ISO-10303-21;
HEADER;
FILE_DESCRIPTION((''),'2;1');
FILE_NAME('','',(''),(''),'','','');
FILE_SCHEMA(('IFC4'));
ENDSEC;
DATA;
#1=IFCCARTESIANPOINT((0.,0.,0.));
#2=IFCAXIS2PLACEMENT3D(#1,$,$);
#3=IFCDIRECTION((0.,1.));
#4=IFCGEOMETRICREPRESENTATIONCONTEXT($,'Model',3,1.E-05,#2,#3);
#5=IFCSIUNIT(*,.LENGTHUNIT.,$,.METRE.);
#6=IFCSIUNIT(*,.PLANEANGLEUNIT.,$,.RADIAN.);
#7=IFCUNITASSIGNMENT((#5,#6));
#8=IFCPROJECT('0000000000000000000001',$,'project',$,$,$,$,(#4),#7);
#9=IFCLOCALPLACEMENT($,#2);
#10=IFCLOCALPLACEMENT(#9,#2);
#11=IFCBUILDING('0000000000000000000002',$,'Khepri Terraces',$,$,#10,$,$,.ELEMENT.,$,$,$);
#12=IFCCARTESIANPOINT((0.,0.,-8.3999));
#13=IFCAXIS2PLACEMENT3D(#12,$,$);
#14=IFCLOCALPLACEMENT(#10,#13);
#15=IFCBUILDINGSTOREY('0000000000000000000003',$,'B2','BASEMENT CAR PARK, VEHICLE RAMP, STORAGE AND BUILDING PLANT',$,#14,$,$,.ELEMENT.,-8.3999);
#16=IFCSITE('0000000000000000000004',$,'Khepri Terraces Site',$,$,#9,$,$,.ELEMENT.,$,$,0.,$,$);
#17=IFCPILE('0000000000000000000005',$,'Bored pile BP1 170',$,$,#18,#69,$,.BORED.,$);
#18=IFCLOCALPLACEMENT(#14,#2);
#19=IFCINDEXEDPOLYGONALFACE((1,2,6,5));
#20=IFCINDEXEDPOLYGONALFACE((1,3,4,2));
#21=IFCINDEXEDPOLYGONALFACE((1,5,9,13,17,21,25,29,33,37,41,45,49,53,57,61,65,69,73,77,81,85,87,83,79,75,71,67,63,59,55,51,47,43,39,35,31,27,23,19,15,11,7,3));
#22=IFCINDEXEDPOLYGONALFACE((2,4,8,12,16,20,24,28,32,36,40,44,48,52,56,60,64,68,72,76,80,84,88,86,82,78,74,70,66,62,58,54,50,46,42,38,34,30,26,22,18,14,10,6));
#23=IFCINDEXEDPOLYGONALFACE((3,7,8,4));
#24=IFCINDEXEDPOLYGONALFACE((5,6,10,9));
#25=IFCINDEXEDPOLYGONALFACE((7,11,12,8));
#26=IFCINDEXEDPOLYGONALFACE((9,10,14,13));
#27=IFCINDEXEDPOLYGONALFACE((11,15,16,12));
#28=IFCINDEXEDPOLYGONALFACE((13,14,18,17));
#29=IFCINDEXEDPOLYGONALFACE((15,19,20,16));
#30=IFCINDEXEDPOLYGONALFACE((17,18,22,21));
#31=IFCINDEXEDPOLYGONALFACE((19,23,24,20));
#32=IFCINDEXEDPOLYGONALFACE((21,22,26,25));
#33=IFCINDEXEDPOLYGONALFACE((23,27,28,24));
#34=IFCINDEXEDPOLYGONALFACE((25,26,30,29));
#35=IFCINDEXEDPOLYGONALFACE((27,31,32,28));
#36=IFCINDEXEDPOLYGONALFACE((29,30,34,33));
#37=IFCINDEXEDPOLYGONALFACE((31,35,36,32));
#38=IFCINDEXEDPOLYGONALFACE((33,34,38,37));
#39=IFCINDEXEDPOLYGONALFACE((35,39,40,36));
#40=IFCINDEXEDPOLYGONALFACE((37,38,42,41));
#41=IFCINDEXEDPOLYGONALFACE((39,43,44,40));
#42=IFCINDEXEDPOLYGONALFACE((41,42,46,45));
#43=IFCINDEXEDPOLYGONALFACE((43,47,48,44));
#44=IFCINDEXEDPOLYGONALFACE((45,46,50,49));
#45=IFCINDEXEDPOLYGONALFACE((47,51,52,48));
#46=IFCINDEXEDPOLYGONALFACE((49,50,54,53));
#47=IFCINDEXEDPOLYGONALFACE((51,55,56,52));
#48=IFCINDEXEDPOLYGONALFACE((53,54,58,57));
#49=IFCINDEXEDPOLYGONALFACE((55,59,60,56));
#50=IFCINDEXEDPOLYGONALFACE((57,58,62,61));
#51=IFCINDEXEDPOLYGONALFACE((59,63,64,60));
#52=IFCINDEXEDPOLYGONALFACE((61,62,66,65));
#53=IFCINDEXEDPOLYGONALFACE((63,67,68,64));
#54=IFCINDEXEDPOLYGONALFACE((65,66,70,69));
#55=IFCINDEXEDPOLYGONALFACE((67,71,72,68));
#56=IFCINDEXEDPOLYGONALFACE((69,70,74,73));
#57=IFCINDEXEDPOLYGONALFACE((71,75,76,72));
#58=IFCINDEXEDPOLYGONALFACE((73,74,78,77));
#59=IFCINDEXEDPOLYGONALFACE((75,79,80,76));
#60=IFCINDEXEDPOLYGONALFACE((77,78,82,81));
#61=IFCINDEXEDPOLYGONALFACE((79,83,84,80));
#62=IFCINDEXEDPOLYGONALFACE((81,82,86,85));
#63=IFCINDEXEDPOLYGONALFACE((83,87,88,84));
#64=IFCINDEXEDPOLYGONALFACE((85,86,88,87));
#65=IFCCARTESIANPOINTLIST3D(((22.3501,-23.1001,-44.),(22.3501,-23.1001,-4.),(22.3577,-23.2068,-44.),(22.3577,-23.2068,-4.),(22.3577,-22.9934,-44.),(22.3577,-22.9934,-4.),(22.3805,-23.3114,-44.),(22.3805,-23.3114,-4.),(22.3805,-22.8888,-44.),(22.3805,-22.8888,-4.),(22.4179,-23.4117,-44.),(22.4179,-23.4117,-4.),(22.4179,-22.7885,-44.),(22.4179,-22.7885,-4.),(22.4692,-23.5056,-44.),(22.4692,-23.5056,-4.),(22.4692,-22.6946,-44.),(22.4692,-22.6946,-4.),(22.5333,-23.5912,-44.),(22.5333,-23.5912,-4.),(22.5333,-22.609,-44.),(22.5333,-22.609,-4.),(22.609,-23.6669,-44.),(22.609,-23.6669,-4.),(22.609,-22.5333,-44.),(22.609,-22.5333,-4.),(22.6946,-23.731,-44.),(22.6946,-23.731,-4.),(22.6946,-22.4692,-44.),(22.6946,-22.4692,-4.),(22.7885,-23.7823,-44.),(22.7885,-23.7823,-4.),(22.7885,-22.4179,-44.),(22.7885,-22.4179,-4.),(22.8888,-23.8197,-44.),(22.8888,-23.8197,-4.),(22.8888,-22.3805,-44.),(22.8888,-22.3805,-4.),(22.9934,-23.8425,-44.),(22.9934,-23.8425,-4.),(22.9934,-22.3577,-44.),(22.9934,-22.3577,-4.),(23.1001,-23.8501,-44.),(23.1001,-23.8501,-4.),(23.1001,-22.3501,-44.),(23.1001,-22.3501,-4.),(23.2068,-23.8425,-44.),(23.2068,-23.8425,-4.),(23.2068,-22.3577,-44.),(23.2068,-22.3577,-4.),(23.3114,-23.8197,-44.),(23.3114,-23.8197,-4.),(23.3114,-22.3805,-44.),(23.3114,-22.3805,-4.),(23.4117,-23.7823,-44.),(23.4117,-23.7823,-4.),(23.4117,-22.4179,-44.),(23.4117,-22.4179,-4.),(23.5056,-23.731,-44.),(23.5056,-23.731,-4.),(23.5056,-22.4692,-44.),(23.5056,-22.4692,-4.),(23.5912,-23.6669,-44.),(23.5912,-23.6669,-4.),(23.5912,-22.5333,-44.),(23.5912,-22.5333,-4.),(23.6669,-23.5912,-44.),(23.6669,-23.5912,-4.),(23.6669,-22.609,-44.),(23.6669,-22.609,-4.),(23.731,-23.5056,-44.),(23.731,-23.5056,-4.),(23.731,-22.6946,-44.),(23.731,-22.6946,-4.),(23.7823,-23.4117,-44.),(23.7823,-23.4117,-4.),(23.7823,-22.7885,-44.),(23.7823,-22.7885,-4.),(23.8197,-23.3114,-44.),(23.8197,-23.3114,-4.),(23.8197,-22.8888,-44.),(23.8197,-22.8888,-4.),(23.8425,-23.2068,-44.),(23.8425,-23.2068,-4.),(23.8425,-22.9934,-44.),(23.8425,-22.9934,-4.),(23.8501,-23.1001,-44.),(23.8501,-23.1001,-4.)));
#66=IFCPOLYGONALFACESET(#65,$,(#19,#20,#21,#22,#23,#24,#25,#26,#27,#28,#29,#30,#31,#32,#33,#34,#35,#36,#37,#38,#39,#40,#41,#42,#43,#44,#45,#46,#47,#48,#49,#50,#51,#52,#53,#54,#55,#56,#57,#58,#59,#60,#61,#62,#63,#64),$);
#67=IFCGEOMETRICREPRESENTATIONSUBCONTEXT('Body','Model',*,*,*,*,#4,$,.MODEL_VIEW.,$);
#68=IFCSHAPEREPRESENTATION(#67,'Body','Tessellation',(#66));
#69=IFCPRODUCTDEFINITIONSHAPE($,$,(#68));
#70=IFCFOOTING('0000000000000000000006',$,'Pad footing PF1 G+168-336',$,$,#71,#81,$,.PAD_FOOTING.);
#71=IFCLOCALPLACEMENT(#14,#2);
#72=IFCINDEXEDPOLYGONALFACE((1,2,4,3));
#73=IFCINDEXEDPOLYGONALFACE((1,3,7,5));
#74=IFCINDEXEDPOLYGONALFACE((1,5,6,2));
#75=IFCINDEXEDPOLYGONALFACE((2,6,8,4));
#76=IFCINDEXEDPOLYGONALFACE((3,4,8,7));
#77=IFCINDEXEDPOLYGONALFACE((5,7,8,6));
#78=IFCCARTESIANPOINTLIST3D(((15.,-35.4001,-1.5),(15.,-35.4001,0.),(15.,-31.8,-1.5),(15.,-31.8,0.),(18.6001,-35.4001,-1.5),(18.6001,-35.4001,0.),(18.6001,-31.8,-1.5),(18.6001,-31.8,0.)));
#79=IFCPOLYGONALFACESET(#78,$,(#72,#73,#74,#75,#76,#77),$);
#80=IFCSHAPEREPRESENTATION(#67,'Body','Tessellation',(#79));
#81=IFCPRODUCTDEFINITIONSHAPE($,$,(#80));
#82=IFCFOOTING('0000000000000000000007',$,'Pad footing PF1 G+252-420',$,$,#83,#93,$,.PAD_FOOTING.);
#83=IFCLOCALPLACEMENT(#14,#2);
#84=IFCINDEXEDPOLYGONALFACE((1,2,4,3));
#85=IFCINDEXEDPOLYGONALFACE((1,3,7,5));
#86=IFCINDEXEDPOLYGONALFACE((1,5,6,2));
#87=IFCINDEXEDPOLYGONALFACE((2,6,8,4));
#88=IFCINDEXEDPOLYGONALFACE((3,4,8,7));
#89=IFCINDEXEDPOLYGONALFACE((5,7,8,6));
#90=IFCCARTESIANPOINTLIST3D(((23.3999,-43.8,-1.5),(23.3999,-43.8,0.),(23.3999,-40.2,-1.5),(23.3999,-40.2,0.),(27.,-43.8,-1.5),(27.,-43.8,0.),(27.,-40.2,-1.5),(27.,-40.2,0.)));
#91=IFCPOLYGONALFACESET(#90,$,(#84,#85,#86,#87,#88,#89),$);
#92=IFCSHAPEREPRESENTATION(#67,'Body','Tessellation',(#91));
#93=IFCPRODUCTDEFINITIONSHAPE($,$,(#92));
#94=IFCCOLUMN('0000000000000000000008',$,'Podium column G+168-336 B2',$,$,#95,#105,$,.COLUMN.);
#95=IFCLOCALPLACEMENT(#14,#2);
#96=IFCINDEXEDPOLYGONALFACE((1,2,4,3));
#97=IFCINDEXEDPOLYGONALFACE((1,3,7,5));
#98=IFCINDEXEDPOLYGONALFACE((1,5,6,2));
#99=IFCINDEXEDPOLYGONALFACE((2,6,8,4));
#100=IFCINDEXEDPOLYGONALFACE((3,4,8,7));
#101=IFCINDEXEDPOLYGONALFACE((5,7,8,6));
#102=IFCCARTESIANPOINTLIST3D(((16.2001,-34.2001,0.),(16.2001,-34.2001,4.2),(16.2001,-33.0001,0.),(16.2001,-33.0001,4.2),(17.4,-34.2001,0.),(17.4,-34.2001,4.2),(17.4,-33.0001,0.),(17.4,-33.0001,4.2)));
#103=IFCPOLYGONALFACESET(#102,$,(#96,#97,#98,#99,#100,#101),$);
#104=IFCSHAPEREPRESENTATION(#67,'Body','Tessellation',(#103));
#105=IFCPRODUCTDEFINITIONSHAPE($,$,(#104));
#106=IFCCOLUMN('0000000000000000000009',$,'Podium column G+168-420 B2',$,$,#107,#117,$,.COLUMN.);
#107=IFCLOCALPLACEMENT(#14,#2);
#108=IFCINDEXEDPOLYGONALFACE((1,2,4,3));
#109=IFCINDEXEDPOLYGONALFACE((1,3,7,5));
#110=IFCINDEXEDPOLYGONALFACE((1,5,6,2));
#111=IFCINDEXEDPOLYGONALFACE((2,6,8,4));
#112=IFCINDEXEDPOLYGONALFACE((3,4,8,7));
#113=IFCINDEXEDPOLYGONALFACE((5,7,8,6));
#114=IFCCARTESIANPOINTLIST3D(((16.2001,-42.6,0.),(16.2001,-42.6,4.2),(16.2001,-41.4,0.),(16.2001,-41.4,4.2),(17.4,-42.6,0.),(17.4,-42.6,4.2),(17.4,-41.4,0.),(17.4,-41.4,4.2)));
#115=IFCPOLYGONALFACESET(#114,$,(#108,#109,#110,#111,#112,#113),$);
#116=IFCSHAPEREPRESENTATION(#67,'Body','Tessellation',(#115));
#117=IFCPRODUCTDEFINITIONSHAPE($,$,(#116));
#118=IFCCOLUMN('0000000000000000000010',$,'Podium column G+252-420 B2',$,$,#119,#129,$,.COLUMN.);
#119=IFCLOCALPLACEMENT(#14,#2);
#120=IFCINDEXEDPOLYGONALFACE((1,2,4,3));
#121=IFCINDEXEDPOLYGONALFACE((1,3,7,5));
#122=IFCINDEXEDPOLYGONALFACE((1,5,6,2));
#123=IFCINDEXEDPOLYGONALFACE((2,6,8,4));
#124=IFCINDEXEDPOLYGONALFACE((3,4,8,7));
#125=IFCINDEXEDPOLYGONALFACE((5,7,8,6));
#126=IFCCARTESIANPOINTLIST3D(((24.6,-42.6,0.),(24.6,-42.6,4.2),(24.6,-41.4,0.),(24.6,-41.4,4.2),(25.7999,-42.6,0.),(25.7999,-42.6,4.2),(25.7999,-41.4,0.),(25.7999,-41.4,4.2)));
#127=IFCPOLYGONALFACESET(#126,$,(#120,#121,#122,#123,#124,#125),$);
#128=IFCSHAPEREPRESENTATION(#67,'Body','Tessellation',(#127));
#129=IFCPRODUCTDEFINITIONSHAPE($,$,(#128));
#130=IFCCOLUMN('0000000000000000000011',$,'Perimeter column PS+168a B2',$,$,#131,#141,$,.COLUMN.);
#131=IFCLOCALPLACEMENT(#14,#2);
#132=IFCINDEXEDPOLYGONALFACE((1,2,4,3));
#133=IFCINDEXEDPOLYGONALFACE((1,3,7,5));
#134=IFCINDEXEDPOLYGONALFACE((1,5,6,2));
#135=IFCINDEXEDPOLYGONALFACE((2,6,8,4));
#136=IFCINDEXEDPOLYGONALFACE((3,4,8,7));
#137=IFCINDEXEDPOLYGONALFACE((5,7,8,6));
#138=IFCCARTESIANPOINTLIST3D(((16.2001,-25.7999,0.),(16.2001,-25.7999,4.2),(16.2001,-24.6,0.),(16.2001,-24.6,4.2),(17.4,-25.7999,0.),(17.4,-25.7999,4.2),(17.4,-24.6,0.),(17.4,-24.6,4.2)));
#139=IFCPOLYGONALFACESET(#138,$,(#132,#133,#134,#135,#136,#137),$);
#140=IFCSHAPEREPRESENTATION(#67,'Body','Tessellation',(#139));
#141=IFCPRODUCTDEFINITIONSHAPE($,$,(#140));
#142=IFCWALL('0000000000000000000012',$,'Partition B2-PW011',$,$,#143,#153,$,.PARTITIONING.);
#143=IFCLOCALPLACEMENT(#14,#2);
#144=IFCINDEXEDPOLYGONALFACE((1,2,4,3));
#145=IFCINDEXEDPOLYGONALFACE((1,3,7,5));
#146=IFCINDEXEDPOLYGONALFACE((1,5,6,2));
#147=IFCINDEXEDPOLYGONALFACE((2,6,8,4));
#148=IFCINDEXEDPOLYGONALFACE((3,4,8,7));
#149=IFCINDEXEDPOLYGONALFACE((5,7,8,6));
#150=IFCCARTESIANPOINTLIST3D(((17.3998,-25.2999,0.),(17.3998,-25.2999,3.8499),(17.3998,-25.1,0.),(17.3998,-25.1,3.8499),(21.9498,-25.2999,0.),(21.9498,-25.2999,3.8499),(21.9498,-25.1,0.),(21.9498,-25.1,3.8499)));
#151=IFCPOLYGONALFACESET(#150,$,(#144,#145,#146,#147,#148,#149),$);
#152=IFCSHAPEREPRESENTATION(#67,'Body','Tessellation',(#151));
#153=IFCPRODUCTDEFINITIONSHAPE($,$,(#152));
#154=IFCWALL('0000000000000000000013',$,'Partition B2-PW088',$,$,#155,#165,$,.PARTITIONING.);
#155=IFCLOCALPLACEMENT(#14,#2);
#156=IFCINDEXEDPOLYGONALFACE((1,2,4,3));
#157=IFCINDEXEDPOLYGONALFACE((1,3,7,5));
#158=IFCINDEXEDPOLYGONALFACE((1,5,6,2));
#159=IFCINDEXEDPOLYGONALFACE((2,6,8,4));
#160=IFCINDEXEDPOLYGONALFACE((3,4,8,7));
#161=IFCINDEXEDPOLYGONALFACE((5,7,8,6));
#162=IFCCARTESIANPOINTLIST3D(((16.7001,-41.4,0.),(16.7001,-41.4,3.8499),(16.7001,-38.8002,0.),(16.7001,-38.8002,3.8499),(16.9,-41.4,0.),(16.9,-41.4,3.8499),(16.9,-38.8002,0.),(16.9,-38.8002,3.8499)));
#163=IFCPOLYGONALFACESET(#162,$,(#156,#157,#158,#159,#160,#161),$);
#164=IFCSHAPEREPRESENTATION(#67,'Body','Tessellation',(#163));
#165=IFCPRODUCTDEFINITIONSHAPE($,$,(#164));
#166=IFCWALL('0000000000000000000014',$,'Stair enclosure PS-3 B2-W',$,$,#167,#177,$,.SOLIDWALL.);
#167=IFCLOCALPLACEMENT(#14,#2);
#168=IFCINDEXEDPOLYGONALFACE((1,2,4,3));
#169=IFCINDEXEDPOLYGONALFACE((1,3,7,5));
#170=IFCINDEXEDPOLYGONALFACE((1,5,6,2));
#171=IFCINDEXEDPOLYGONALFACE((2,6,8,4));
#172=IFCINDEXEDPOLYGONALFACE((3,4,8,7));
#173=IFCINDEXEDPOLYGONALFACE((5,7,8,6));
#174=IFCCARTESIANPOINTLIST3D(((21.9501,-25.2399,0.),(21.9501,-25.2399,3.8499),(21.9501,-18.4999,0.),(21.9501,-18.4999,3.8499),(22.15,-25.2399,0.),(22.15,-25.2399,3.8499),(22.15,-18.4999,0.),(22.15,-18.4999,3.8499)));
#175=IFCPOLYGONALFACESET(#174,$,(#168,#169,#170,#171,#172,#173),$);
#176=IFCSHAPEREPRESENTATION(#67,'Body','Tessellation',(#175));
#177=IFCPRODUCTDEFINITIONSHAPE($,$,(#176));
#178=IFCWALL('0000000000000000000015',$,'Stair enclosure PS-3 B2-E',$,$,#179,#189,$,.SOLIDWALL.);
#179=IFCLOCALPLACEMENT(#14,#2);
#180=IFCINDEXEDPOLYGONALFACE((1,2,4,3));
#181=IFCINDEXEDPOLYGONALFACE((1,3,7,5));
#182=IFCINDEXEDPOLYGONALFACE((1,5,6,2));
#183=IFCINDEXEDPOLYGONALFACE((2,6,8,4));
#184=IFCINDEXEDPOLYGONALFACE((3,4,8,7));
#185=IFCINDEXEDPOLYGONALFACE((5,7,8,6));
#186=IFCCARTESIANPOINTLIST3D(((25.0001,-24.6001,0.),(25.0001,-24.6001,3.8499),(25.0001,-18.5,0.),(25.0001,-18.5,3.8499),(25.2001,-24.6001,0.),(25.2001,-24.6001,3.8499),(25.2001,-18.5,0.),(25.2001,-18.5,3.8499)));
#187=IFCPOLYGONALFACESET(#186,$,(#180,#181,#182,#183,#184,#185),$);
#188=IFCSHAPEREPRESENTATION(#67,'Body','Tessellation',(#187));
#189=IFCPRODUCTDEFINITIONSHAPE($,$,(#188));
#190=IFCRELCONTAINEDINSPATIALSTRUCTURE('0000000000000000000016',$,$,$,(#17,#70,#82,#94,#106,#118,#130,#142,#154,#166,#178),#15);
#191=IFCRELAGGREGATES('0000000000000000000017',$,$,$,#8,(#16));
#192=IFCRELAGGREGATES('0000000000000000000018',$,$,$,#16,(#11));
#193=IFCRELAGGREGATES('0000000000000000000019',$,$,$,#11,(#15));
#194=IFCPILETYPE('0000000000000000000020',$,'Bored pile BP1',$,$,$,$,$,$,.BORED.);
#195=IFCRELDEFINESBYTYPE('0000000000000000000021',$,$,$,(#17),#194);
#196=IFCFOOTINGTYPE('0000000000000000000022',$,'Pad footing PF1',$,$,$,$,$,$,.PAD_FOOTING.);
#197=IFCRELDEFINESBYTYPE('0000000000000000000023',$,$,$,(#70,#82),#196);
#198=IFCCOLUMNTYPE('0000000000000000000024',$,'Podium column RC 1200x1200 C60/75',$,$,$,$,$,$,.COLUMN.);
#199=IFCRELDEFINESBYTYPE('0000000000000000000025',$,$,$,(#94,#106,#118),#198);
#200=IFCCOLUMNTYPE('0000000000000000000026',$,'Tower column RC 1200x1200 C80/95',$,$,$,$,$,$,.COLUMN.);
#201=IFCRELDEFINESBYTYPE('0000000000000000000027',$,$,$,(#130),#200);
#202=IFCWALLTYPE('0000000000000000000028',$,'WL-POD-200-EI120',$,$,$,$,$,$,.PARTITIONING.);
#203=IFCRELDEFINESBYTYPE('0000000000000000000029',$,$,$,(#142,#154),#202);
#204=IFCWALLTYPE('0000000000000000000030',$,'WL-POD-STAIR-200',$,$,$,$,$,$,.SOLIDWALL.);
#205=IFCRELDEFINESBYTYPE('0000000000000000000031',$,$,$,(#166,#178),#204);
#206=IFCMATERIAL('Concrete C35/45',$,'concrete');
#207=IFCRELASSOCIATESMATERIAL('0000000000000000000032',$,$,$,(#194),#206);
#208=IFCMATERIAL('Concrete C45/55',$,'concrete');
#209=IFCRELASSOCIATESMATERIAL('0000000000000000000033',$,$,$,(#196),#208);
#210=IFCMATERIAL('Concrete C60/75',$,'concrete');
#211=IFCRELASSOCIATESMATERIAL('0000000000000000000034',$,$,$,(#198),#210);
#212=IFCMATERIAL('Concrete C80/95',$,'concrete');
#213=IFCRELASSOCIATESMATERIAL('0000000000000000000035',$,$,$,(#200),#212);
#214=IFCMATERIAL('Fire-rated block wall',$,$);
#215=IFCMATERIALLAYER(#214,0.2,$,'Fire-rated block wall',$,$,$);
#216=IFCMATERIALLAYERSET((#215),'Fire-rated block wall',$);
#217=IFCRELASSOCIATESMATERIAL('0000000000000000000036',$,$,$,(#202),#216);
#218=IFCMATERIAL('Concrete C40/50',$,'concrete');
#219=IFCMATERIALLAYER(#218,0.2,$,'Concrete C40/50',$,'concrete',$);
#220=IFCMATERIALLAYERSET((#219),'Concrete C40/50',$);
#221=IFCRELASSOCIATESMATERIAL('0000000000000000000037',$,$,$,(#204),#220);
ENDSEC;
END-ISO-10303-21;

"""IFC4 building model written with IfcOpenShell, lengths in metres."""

from ifc_helpers import new_model, si_unit, direction, frame, frame_2d, origin, origin_2d, place, context, subcontext, project, spatial, rectangle, circle, extrude, material, layer, layer_set, material_profile, profile_set, type_object, element, save


model = new_model("IFC4")

# Units and contexts
model_context = context("Model", 3, precision=1e-05, world=origin(), true_north=direction((0.0, 1.0)))
body_context = subcontext(model_context, "Body", "Model", "MODEL_VIEW")
ifc_project = project(units=[si_unit("LENGTHUNIT", "METRE"), si_unit("PLANEANGLEUNIT", "RADIAN")], contexts=[model_context])

# Site, building, storey
site_placement = place(None, origin())
site = spatial("IfcSite", under=ifc_project, at=site_placement, Name="Khepri Terraces Site", CompositionType="ELEMENT", RefElevation=0.0)
building_placement = place(site_placement, origin())
building = spatial("IfcBuilding", under=site, at=building_placement, Name="Khepri Terraces", CompositionType="ELEMENT")
storey_placement = place(building_placement, frame((0.0, 0.0, -8.3999)))
storey = spatial("IfcBuildingStorey", under=building, at=storey_placement, Name="B2", Description="BASEMENT CAR PARK, VEHICLE RAMP, STORAGE AND BUILDING PLANT", CompositionType="ELEMENT", Elevation=-8.3999)

# Pile
ifc_material_1 = material(Name="Concrete C35/45", Category="concrete")
ifc_material_profile_1 = material_profile(ifc_material_1, circle(Radius=0.75, at=origin_2d()), Name="Concrete C35/45", Category="concrete")
ifc_profile_set_1 = profile_set([ifc_material_profile_1], Name="Concrete C35/45")
pile_type = type_object("IfcPileType", Name="Bored pile BP1", PredefinedType="BORED", material=ifc_profile_set_1)
for number, where, z_axis, x_axis, name in (
    (1, (23.1001, -23.1001, -4.0), (0.0, 0.0, -1.0), (1.0, 0.0, 0.0), "Bored pile BP1 170"),
):
    element("IfcPile", number, at=place(storey_placement, frame(where, z_axis=z_axis, x_axis=x_axis)), inside=storey, type_object=pile_type, Name=name, PredefinedType="BORED", context=body_context, shape_type="SweptSolid", body=[
        extrude(circle(Radius=0.75, at=origin_2d()), origin(), (0.0, 0.0, 1.0), 40.0),
    ])

# Footings
ifc_material_2 = material(Name="Concrete C45/55", Category="concrete")
footing_type = type_object("IfcFootingType", Name="Pad footing PF1", PredefinedType="PAD_FOOTING", material=ifc_material_2)
for number, where, z_axis, x_axis, name in (
    (2, (16.8, -33.6001, -1.5), (0.0, 0.0, 1.0), (1.0, 0.0, 0.0), "Pad footing PF1 G+168-336"),
    (3, (25.2, -42.0, -1.5), (0.0, 0.0, 1.0), (1.0, 0.0, 0.0), "Pad footing PF1 G+252-420"),
):
    element("IfcFooting", number, at=place(storey_placement, frame(where, z_axis=z_axis, x_axis=x_axis)), inside=storey, type_object=footing_type, Name=name, PredefinedType="PAD_FOOTING", context=body_context, shape_type="SweptSolid", body=[
        extrude(rectangle(XDim=3.6001, YDim=3.6001, at=origin_2d()), origin(), (0.0, 0.0, 1.0), 1.5),
    ])

# Columns
ifc_material_3 = material(Name="Concrete C60/75", Category="concrete")
ifc_material_profile_2 = material_profile(ifc_material_3, rectangle(XDim=1.2, YDim=1.2, at=origin_2d()), Name="Concrete C60/75", Category="concrete")
ifc_profile_set_2 = profile_set([ifc_material_profile_2], Name="Concrete C60/75")
column_type_1 = type_object("IfcColumnType", Name="Podium column RC 1200x1200 C60/75", PredefinedType="COLUMN", material=ifc_profile_set_2)
for number, where, z_axis, x_axis, name in (
    (4, (16.8, -33.6001, 0.0), (0.0, 0.0, 1.0), (1.0, 0.0, 0.0), "Podium column G+168-336 B2"),
    (5, (16.8, -42.0, 0.0), (0.0, 0.0, 1.0), (1.0, 0.0, 0.0), "Podium column G+168-420 B2"),
    (6, (25.2, -42.0, 0.0), (0.0, 0.0, 1.0), (1.0, 0.0, 0.0), "Podium column G+252-420 B2"),
):
    element("IfcColumn", number, at=place(storey_placement, frame(where, z_axis=z_axis, x_axis=x_axis)), inside=storey, type_object=column_type_1, Name=name, PredefinedType="COLUMN", context=body_context, shape_type="SweptSolid", body=[
        extrude(rectangle(XDim=1.2, YDim=1.2, at=origin_2d()), origin(), (0.0, 0.0, 1.0), 4.2),
    ])
ifc_material_4 = material(Name="Concrete C80/95", Category="concrete")
ifc_material_profile_3 = material_profile(ifc_material_4, rectangle(XDim=1.2, YDim=1.2, at=origin_2d()), Name="Concrete C80/95", Category="concrete")
ifc_profile_set_3 = profile_set([ifc_material_profile_3], Name="Concrete C80/95")
column_type_2 = type_object("IfcColumnType", Name="Tower column RC 1200x1200 C80/95", PredefinedType="COLUMN", material=ifc_profile_set_3)
column_placement = place(storey_placement, frame((16.8, -25.2, 0.0), z_axis=(0.0, 0.0, 1.0), x_axis=(1.0, 0.0, 0.0)))
element("IfcColumn", 7, at=column_placement, inside=storey, type_object=column_type_2, Name="Perimeter column PS+168a B2", PredefinedType="COLUMN", context=body_context, shape_type="SweptSolid", body=[
    extrude(rectangle(XDim=1.2, YDim=1.2, at=origin_2d()), origin(), (0.0, 0.0, 1.0), 4.2),
])

# Walls
ifc_material_5 = material(Name="Fire-rated block wall")
ifc_layer_1 = layer(ifc_material_5, 0.2, Name="Fire-rated block wall")
ifc_layer_set_1 = layer_set([ifc_layer_1], Name="Fire-rated block wall")
wall_type_1 = type_object("IfcWallType", Name="WL-POD-200-EI120", PredefinedType="PARTITIONING", material=ifc_layer_set_1)
wall_1_placement = place(storey_placement, frame((17.3999, -25.2, 0.0), z_axis=(0.0, 0.0, 1.0), x_axis=(1.0, 0.0, 0.0)))
element("IfcWall", 8, at=wall_1_placement, inside=storey, type_object=wall_type_1, Name="Partition B2-PW011", PredefinedType="PARTITIONING", context=body_context, shape_type="SweptSolid", body=[
    extrude(rectangle(XDim=4.55, YDim=0.2, at=frame_2d((2.2749, 0.0))), origin(), (0.0, 0.0, 1.0), 3.8499),
])
wall_2_placement = place(storey_placement, frame((16.8, -41.3999, 0.0), z_axis=(0.0, 0.0, 1.0), x_axis=(0.0, 1.0, 0.0)))
element("IfcWall", 9, at=wall_2_placement, inside=storey, type_object=wall_type_1, Name="Partition B2-PW088", PredefinedType="PARTITIONING", context=body_context, shape_type="SweptSolid", body=[
    extrude(rectangle(XDim=2.5999, YDim=0.2, at=frame_2d((1.2998, 0.0))), origin(), (0.0, 0.0, 1.0), 3.8499),
])
ifc_material_6 = material(Name="Concrete C40/50", Category="concrete")
ifc_layer_2 = layer(ifc_material_6, 0.2, Name="Concrete C40/50", Category="concrete")
ifc_layer_set_2 = layer_set([ifc_layer_2], Name="Concrete C40/50")
wall_type_2 = type_object("IfcWallType", Name="WL-POD-STAIR-200", PredefinedType="SOLIDWALL", material=ifc_layer_set_2)
wall_3_placement = place(storey_placement, frame((22.05, -25.24, 0.0), z_axis=(0.0, 0.0, 1.0), x_axis=(0.0, 1.0, 0.0)))
element("IfcWall", 10, at=wall_3_placement, inside=storey, type_object=wall_type_2, Name="Stair enclosure PS-3 B2-W", PredefinedType="SOLIDWALL", context=body_context, shape_type="SweptSolid", body=[
    extrude(rectangle(XDim=6.74, YDim=0.2, at=frame_2d((3.3701, 0.0))), origin(), (0.0, 0.0, 1.0), 3.8499),
])
wall_4_placement = place(storey_placement, frame((25.1001, -24.6001, 0.0), z_axis=(0.0, 0.0, 1.0), x_axis=(0.0, 1.0, 0.0)))
element("IfcWall", 11, at=wall_4_placement, inside=storey, type_object=wall_type_2, Name="Stair enclosure PS-3 B2-E", PredefinedType="SOLIDWALL", context=body_context, shape_type="SweptSolid", body=[
    extrude(rectangle(XDim=6.1001, YDim=0.2, at=frame_2d((3.05, 0.0))), origin(), (0.0, 0.0, 1.0), 3.8499),
])

save(model, "model.ifc")
